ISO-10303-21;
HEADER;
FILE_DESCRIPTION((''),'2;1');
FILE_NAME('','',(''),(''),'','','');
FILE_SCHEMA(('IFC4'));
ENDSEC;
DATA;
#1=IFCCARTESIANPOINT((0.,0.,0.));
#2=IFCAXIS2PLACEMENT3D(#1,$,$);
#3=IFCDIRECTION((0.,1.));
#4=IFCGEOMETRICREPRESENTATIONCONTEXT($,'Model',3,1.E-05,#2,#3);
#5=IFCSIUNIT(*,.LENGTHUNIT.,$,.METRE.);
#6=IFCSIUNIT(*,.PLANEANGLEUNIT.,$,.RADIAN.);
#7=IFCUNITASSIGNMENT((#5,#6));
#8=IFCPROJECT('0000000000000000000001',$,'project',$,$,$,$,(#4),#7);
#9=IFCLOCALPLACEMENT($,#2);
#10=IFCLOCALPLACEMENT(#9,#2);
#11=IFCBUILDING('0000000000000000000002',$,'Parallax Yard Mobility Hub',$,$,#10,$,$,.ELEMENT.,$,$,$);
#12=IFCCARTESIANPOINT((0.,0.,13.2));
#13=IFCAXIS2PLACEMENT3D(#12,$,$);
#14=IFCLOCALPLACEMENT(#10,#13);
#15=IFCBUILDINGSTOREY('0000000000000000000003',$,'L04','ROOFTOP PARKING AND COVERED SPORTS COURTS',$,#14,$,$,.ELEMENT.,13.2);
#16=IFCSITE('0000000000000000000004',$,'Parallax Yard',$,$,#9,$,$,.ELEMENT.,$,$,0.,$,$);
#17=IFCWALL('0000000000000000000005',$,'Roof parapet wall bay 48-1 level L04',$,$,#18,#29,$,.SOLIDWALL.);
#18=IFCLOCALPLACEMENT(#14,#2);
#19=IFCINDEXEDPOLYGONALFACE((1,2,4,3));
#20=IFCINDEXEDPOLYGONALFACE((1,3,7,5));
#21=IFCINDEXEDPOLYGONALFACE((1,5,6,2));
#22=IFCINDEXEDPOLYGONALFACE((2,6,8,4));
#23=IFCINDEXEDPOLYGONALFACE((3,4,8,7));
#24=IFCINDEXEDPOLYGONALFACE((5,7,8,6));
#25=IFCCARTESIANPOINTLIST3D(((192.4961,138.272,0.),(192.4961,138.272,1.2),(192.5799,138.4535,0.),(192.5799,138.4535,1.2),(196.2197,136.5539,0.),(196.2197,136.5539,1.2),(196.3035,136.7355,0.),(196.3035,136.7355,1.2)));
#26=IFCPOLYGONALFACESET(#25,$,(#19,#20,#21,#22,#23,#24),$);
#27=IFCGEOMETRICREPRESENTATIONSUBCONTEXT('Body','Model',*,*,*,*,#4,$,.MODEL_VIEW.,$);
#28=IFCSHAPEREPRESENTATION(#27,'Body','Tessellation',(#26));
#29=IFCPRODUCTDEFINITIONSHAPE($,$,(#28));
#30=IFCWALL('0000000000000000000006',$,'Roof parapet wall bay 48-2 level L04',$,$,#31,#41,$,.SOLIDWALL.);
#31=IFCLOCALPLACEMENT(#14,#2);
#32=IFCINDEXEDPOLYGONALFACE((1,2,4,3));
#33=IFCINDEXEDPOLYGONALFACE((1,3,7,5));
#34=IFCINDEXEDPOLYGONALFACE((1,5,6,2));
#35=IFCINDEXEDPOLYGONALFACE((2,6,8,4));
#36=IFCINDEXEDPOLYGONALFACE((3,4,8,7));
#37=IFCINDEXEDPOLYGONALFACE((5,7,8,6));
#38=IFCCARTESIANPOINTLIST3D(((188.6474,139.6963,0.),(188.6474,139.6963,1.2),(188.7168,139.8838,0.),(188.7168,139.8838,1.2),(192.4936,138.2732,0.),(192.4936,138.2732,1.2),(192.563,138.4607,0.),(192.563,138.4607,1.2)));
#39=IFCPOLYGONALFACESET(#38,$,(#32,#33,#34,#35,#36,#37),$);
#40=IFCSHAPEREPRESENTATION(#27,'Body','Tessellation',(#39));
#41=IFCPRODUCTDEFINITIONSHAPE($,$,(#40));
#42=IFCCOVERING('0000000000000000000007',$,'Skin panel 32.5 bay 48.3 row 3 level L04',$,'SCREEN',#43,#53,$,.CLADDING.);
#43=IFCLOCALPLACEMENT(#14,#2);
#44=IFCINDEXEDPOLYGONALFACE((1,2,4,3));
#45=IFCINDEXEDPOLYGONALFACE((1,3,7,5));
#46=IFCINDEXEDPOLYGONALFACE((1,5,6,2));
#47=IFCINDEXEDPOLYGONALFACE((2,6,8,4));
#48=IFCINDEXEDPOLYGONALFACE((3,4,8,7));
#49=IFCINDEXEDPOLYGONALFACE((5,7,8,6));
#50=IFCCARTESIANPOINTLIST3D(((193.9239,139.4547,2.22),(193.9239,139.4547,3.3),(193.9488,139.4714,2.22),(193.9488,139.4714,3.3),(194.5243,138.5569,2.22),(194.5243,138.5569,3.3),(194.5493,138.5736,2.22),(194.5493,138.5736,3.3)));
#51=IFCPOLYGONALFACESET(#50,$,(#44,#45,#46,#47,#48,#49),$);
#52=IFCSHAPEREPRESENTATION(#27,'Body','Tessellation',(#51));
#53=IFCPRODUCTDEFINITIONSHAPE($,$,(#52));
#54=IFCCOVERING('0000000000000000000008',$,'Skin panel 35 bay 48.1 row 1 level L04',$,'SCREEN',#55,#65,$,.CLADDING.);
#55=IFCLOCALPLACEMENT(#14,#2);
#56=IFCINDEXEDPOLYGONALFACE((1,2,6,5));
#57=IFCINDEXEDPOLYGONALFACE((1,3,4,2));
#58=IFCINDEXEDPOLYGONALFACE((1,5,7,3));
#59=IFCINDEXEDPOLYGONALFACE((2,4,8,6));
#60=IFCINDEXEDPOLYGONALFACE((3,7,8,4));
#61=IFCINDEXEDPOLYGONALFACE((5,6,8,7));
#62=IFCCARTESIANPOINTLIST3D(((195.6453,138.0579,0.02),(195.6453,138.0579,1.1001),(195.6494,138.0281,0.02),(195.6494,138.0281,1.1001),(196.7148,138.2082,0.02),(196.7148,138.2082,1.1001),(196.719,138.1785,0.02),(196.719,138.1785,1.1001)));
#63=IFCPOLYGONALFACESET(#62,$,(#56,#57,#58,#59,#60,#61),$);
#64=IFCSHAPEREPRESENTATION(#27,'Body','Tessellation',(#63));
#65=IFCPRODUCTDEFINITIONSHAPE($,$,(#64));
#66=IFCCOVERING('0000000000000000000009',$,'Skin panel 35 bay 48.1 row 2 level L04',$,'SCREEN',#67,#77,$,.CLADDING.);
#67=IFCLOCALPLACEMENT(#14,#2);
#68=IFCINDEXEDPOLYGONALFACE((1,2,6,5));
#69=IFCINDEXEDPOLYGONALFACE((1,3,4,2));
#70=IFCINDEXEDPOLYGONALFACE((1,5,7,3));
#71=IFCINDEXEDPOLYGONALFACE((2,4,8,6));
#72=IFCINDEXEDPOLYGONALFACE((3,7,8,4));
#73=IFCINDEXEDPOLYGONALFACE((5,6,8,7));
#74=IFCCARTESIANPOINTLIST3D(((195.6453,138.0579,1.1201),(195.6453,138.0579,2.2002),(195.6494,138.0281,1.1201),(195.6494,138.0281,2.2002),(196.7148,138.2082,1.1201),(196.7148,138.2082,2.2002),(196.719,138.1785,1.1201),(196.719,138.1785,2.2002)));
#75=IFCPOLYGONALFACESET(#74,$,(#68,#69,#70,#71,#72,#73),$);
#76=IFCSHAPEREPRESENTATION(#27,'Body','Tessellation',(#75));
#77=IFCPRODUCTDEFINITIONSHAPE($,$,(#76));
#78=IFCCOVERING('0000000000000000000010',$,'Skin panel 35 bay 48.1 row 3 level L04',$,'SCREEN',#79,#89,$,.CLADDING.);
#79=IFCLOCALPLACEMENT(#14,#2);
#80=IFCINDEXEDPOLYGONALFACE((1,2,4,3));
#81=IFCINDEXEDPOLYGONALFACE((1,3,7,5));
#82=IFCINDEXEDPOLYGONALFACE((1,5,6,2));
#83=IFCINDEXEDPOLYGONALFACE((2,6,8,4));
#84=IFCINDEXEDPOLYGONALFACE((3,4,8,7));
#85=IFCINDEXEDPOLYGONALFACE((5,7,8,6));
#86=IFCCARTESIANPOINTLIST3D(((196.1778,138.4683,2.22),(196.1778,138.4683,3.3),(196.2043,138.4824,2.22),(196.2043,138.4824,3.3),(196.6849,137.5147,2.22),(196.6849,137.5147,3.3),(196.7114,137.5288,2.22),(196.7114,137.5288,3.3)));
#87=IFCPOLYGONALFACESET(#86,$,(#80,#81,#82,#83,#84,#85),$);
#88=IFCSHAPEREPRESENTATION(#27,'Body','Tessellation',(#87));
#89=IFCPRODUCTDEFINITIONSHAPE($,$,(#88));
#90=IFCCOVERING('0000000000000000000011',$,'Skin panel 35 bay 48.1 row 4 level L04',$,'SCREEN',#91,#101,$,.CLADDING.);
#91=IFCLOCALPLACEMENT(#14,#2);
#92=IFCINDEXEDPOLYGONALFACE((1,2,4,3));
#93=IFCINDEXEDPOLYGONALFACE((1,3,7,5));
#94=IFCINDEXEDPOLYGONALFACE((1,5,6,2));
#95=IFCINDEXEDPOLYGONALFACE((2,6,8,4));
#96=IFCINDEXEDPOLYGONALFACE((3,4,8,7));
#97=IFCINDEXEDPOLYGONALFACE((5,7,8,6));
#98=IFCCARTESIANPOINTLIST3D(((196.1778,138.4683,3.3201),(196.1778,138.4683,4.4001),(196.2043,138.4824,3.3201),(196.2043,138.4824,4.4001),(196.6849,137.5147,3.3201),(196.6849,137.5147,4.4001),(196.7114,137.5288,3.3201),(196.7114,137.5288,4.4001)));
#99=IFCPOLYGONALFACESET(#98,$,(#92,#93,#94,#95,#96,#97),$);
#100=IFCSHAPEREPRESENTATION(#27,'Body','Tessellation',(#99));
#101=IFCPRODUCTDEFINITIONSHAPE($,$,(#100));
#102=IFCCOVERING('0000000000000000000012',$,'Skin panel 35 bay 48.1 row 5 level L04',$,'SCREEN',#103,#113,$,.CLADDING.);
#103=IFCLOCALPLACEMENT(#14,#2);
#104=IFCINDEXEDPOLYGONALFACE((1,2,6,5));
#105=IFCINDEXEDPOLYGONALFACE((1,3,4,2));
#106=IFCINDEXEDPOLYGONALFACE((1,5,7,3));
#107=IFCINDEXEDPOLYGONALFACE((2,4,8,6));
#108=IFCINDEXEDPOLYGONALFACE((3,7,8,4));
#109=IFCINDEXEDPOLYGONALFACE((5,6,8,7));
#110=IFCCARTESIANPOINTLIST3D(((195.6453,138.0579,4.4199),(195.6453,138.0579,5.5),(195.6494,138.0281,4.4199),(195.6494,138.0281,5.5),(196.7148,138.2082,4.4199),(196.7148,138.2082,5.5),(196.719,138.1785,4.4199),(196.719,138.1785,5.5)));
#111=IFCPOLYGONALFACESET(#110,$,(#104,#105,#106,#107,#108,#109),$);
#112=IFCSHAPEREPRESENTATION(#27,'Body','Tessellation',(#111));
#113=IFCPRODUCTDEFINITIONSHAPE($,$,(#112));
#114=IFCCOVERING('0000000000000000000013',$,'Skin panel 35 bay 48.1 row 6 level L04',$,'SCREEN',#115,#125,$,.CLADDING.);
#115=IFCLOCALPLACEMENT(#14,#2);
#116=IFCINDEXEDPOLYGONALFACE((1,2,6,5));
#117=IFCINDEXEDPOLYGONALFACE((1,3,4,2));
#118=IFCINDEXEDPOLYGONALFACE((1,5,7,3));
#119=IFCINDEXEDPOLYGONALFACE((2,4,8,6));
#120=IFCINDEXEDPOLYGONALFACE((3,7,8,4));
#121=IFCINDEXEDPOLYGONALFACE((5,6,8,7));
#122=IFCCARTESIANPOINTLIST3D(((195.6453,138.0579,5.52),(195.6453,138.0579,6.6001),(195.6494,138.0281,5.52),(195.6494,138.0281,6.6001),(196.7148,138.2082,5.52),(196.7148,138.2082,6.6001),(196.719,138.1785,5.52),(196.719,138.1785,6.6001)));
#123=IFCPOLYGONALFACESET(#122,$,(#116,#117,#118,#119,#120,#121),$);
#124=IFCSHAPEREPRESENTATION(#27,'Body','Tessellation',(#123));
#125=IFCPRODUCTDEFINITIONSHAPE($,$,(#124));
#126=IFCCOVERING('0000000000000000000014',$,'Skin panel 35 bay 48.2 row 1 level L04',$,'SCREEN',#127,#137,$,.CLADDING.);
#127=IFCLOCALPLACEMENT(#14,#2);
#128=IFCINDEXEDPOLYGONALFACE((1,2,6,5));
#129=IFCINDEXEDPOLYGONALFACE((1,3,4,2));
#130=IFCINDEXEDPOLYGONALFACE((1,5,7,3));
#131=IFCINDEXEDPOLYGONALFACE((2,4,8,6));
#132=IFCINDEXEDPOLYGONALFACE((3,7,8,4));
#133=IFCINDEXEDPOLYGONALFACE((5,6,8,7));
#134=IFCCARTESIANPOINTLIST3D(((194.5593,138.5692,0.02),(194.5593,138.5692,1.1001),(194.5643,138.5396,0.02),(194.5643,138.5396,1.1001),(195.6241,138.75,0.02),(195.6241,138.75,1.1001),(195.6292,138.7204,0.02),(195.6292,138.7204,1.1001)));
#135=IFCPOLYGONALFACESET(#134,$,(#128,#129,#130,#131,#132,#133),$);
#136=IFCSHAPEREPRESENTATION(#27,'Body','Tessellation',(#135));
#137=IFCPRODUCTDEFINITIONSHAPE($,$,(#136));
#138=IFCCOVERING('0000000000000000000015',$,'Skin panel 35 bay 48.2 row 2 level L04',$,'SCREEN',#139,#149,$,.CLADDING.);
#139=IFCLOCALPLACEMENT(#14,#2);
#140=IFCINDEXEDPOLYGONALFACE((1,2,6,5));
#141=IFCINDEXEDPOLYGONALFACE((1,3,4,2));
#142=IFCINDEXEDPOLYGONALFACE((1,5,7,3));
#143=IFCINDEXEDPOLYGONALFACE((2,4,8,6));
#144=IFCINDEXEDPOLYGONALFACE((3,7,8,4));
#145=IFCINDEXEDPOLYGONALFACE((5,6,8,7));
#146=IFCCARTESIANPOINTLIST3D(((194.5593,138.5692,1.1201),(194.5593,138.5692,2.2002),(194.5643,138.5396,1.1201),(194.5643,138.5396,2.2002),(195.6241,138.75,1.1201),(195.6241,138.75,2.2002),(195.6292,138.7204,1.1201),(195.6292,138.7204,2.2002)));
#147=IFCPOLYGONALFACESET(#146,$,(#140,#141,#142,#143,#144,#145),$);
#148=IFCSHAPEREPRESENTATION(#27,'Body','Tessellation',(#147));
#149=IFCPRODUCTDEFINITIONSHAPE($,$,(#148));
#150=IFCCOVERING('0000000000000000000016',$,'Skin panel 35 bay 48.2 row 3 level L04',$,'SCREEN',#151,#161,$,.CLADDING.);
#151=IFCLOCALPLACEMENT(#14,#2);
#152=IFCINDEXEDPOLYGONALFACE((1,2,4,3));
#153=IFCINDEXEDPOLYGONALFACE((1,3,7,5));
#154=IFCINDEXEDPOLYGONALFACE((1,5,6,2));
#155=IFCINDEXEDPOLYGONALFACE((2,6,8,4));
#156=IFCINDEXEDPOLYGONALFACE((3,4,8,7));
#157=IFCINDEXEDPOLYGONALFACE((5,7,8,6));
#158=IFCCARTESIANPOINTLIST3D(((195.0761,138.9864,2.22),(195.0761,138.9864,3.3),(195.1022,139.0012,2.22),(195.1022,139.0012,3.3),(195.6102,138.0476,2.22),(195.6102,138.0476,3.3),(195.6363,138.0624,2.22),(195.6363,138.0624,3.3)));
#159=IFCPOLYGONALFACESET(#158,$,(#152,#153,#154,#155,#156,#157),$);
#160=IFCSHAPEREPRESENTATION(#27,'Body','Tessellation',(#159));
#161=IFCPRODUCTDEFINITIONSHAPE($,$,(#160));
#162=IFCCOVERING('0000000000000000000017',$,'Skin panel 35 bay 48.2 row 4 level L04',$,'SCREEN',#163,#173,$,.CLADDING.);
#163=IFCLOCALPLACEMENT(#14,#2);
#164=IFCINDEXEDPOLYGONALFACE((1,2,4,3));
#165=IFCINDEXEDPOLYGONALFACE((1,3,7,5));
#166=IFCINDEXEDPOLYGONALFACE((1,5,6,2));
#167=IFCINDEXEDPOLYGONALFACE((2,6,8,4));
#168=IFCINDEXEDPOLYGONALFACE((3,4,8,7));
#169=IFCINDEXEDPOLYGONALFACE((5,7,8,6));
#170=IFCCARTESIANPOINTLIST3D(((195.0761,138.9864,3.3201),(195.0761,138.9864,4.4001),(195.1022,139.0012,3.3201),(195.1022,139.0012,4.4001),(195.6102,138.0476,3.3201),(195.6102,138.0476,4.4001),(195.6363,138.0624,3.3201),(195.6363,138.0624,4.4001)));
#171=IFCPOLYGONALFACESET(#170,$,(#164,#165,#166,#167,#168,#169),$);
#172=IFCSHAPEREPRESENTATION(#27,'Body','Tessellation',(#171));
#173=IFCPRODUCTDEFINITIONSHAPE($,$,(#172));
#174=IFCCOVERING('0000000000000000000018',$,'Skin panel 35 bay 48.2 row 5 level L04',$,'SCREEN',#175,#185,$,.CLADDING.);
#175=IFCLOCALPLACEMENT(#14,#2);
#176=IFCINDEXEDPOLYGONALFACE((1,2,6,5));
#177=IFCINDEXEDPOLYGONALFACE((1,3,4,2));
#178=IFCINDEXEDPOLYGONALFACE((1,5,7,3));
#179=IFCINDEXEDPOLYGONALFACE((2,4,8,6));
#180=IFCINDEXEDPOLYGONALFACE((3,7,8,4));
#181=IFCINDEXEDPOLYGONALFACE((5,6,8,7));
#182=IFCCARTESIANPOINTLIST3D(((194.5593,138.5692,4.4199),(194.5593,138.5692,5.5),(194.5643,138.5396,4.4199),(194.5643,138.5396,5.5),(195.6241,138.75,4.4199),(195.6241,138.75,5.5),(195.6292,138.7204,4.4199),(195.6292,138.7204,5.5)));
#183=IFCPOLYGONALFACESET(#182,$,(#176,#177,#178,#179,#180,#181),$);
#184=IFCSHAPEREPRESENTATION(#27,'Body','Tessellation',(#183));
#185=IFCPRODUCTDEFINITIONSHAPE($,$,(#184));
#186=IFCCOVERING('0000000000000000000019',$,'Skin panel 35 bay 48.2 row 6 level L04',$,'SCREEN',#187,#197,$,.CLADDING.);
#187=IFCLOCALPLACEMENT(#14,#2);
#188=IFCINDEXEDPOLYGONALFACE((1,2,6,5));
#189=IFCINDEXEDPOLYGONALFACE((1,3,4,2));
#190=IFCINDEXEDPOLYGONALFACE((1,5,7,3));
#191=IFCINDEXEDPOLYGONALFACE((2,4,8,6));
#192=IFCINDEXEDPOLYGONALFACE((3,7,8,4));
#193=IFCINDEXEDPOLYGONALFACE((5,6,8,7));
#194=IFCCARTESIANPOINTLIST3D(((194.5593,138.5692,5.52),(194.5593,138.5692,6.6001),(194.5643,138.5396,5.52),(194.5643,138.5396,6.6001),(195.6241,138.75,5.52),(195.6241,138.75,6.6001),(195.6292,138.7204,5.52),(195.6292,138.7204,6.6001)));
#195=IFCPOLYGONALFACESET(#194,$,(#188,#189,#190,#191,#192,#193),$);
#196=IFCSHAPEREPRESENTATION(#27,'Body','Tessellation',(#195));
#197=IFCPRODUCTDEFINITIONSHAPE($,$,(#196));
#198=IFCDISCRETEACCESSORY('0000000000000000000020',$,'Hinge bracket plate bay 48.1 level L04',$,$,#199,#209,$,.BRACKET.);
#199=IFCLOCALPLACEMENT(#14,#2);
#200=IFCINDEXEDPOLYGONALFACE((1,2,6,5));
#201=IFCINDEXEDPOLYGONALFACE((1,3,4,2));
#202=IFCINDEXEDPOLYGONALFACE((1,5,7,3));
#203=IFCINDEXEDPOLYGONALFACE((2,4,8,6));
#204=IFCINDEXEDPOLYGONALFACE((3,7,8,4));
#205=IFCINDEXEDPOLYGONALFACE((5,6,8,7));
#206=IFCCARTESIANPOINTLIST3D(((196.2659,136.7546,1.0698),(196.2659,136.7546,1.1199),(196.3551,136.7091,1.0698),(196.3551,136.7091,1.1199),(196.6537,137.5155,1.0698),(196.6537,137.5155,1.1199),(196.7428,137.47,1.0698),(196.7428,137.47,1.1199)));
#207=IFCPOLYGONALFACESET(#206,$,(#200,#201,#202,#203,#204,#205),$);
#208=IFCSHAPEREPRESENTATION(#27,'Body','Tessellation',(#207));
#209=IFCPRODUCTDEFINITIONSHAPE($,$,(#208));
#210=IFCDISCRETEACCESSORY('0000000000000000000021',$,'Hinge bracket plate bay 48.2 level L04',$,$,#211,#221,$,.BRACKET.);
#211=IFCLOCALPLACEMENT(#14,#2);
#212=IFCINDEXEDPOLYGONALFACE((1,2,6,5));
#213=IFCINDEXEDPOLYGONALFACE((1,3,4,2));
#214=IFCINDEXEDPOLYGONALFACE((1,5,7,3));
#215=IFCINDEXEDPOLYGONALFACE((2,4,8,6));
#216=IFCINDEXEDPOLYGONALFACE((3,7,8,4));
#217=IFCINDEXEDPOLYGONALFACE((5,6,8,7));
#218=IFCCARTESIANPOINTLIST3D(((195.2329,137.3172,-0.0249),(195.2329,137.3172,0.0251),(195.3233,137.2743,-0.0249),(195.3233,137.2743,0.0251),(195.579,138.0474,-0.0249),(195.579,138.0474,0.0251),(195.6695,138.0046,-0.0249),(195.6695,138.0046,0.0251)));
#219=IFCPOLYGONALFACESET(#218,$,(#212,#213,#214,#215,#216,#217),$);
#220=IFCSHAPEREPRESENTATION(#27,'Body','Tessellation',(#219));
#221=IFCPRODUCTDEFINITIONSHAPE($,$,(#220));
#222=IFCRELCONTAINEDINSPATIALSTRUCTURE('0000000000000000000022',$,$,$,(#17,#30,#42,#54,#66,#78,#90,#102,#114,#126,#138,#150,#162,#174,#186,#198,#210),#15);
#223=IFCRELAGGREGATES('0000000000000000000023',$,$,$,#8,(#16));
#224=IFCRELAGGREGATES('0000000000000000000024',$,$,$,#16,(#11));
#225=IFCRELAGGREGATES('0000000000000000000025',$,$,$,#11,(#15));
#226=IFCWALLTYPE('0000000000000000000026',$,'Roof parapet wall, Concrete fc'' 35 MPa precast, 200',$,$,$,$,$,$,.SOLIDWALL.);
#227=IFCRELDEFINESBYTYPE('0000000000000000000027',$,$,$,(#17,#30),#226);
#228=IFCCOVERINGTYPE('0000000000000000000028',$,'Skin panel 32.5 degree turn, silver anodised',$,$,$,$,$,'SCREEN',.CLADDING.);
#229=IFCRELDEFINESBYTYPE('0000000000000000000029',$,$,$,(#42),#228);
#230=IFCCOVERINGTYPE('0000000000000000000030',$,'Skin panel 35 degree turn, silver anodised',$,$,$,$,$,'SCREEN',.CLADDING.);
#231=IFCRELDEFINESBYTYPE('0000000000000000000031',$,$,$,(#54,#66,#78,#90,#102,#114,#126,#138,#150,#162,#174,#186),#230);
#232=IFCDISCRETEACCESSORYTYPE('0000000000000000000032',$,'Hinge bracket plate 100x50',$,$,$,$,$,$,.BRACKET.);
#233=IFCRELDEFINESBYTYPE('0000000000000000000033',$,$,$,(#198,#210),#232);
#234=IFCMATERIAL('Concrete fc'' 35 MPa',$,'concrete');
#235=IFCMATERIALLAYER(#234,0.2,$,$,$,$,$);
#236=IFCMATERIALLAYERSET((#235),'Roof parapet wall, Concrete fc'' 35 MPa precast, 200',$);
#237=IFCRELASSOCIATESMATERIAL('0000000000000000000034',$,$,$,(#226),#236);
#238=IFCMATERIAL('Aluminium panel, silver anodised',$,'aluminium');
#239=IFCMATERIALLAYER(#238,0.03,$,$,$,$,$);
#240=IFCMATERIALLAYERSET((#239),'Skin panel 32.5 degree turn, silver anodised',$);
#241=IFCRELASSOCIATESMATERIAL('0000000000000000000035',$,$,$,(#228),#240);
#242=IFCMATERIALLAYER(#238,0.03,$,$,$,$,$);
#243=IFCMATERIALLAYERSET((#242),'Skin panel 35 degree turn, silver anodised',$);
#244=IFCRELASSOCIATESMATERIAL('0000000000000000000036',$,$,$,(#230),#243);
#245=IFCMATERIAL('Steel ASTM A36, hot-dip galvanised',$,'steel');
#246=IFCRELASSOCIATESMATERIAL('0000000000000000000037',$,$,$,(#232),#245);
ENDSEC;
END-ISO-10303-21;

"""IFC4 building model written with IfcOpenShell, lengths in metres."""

from ifc_helpers import new_model, si_unit, direction, frame, frame_2d, origin, origin_2d, place, context, subcontext, project, spatial, rectangle, extrude, material, layer, layer_set, type_object, element, save


model = new_model("IFC4")

# Units and contexts
model_context = context("Model", 3, precision=1e-05, world=origin(), true_north=direction((0.0, 1.0)))
body_context = subcontext(model_context, "Body", "Model", "MODEL_VIEW")
ifc_project = project(units=[si_unit("LENGTHUNIT", "METRE"), si_unit("PLANEANGLEUNIT", "RADIAN")], contexts=[model_context])

# Site, building, storey
site_placement = place(None, origin())
site = spatial("IfcSite", under=ifc_project, at=site_placement, Name="Parallax Yard", CompositionType="ELEMENT", RefElevation=0.0)
building_placement = place(site_placement, origin())
building = spatial("IfcBuilding", under=site, at=building_placement, Name="Parallax Yard Mobility Hub", CompositionType="ELEMENT")
storey_placement = place(building_placement, frame((0.0, 0.0, 13.2)))
storey = spatial("IfcBuildingStorey", under=building, at=storey_placement, Name="L04", Description="ROOFTOP PARKING AND COVERED SPORTS COURTS", CompositionType="ELEMENT", Elevation=13.2)

# Walls
ifc_material_1 = material(Name="Concrete fc' 35 MPa", Category="concrete")
ifc_layer_1 = layer(ifc_material_1, 0.2)
ifc_layer_set_1 = layer_set([ifc_layer_1], Name="Roof parapet wall, Concrete fc' 35 MPa precast, 200")
wall_type = type_object("IfcWallType", Name="Roof parapet wall, Concrete fc' 35 MPa precast, 200", PredefinedType="SOLIDWALL", material=ifc_layer_set_1)
wall_1_placement = place(storey_placement, frame((196.2615, 136.6448, 0.0), z_axis=(0.0, 0.0, 1.0), x_axis=(-0.908013, 0.418941, 0.0)))
element("IfcWall", 1, at=wall_1_placement, inside=storey, type_object=wall_type, Name="Roof parapet wall bay 48-1 level L04", PredefinedType="SOLIDWALL", context=body_context, shape_type="SweptSolid", body=[
    extrude(rectangle(XDim=4.1008, YDim=0.2, at=frame_2d((2.0503, 0.0))), origin(), (0.0, 0.0, 1.0), 1.2),
])
wall_2_placement = place(storey_placement, frame((192.5283, 138.3669, 0.0), z_axis=(0.0, 0.0, 1.0), x_axis=(-0.937861, 0.34701, 0.0)))
element("IfcWall", 2, at=wall_2_placement, inside=storey, type_object=wall_type, Name="Roof parapet wall bay 48-2 level L04", PredefinedType="SOLIDWALL", context=body_context, shape_type="SweptSolid", body=[
    extrude(rectangle(XDim=4.1011, YDim=0.2, at=frame_2d((2.0505, 0.0))), origin(), (0.0, 0.0, 1.0), 1.2),
])

# Coverings
ifc_material_2 = material(Name="Aluminium panel, silver anodised", Category="aluminium")
ifc_layer_2 = layer(ifc_material_2, 0.03)
ifc_layer_set_2 = layer_set([ifc_layer_2], Name="Skin panel 32.5 degree turn, silver anodised")
covering_type_1 = type_object("IfcCoveringType", Name="Skin panel 32.5 degree turn, silver anodised", ElementType="SCREEN", PredefinedType="CLADDING", material=ifc_layer_set_2)
covering_placement = place(storey_placement, frame((194.2366, 139.0142, 2.22), z_axis=(0.0, 0.0, 1.0), x_axis=(-0.5559, 0.831249, 0.0)))
element("IfcCovering", 3, at=covering_placement, inside=storey, type_object=covering_type_1, Name="Skin panel 32.5 bay 48.3 row 3 level L04", ObjectType="SCREEN", PredefinedType="CLADDING", context=body_context, shape_type="SweptSolid", body=[
    extrude(rectangle(XDim=1.0801, YDim=0.03, at=origin_2d()), origin(), (0.0, 0.0, 1.0), 1.0801),
])
ifc_layer_3 = layer(ifc_material_2, 0.03)
ifc_layer_set_3 = layer_set([ifc_layer_3], Name="Skin panel 35 degree turn, silver anodised")
covering_type_2 = type_object("IfcCoveringType", Name="Skin panel 35 degree turn, silver anodised", ElementType="SCREEN", PredefinedType="CLADDING", material=ifc_layer_set_3)
for number, where, z_axis, x_axis, name in (
    (4, (196.1821, 138.1182, 0.02), (0.0, 0.0, 1.0), (0.990268, 0.139173, 0.0), "Skin panel 35 bay 48.1 row 1 level L04"),
    (5, (196.1821, 138.1182, 1.1201), (0.0, 0.0, 1.0), (0.990268, 0.139173, 0.0), "Skin panel 35 bay 48.1 row 2 level L04"),
    (6, (196.4446, 137.9985, 2.22), (0.0, 0.0, 1.0), (-0.469472, 0.882948, 0.0), "Skin panel 35 bay 48.1 row 3 level L04"),
    (7, (196.4446, 137.9985, 3.3201), (0.0, 0.0, 1.0), (-0.469472, 0.882948, 0.0), "Skin panel 35 bay 48.1 row 4 level L04"),
    (8, (196.1821, 138.1182, 4.4199), (0.0, 0.0, 1.0), (0.990268, 0.139173, 0.0), "Skin panel 35 bay 48.1 row 5 level L04"),
    (9, (196.1821, 138.1182, 5.52), (0.0, 0.0, 1.0), (0.990268, 0.139173, 0.0), "Skin panel 35 bay 48.1 row 6 level L04"),
    (10, (195.0942, 138.6448, 0.02), (0.0, 0.0, 1.0), (0.98589, 0.167395, 0.0), "Skin panel 35 bay 48.2 row 1 level L04"),
    (11, (195.0942, 138.6448, 1.1201), (0.0, 0.0, 1.0), (0.98589, 0.167395, 0.0), "Skin panel 35 bay 48.2 row 2 level L04"),
    (12, (195.3562, 138.5244, 2.22), (0.0, 0.0, 1.0), (-0.494494, 0.869181, 0.0), "Skin panel 35 bay 48.2 row 3 level L04"),
    (13, (195.3562, 138.5244, 3.3201), (0.0, 0.0, 1.0), (-0.494494, 0.869181, 0.0), "Skin panel 35 bay 48.2 row 4 level L04"),
    (14, (195.0942, 138.6448, 4.4199), (0.0, 0.0, 1.0), (0.98589, 0.167395, 0.0), "Skin panel 35 bay 48.2 row 5 level L04"),
    (15, (195.0942, 138.6448, 5.52), (0.0, 0.0, 1.0), (0.98589, 0.167395, 0.0), "Skin panel 35 bay 48.2 row 6 level L04"),
):
    element("IfcCovering", number, at=place(storey_placement, frame(where, z_axis=z_axis, x_axis=x_axis)), inside=storey, type_object=covering_type_2, Name=name, ObjectType="SCREEN", PredefinedType="CLADDING", context=body_context, shape_type="SweptSolid", body=[
        extrude(rectangle(XDim=1.0801, YDim=0.03, at=origin_2d()), origin(), (0.0, 0.0, 1.0), 1.0801),
    ])

# Discrete accessories
ifc_material_3 = material(Name="Steel ASTM A36, hot-dip galvanised", Category="steel")
discrete_accessory_type_1 = type_object("IfcDiscreteAccessoryType", Name="Hinge bracket plate 100x50", PredefinedType="BRACKET", material=ifc_material_3)
discrete_accessory_1_placement = place(storey_placement, frame((196.5044, 137.1123, 1.0698), z_axis=(0.0, 0.0, 1.0), x_axis=(0.45399, 0.891007, 0.0)))
element("IfcDiscreteAccessory", 16, at=discrete_accessory_1_placement, inside=storey, type_object=discrete_accessory_type_1, Name="Hinge bracket plate bay 48.1 level L04", PredefinedType="BRACKET", context=body_context, shape_type="SweptSolid", body=[
    extrude(rectangle(XDim=0.854, YDim=0.1001, at=origin_2d()), origin(), (0.0, 0.0, 1.0), 0.05),
])
discrete_accessory_2_placement = place(storey_placement, frame((195.4512, 137.6609, -0.0249), z_axis=(0.0, 0.0, 1.0), x_axis=(0.428361, 0.903608, 0.0)))
element("IfcDiscreteAccessory", 17, at=discrete_accessory_2_placement, inside=storey, type_object=discrete_accessory_type_1, Name="Hinge bracket plate bay 48.2 level L04", PredefinedType="BRACKET", context=body_context, shape_type="SweptSolid", body=[
    extrude(rectangle(XDim=0.8081, YDim=0.1001, at=origin_2d()), origin(), (0.0, 0.0, 1.0), 0.05),
])

save(model, "model.ifc")
